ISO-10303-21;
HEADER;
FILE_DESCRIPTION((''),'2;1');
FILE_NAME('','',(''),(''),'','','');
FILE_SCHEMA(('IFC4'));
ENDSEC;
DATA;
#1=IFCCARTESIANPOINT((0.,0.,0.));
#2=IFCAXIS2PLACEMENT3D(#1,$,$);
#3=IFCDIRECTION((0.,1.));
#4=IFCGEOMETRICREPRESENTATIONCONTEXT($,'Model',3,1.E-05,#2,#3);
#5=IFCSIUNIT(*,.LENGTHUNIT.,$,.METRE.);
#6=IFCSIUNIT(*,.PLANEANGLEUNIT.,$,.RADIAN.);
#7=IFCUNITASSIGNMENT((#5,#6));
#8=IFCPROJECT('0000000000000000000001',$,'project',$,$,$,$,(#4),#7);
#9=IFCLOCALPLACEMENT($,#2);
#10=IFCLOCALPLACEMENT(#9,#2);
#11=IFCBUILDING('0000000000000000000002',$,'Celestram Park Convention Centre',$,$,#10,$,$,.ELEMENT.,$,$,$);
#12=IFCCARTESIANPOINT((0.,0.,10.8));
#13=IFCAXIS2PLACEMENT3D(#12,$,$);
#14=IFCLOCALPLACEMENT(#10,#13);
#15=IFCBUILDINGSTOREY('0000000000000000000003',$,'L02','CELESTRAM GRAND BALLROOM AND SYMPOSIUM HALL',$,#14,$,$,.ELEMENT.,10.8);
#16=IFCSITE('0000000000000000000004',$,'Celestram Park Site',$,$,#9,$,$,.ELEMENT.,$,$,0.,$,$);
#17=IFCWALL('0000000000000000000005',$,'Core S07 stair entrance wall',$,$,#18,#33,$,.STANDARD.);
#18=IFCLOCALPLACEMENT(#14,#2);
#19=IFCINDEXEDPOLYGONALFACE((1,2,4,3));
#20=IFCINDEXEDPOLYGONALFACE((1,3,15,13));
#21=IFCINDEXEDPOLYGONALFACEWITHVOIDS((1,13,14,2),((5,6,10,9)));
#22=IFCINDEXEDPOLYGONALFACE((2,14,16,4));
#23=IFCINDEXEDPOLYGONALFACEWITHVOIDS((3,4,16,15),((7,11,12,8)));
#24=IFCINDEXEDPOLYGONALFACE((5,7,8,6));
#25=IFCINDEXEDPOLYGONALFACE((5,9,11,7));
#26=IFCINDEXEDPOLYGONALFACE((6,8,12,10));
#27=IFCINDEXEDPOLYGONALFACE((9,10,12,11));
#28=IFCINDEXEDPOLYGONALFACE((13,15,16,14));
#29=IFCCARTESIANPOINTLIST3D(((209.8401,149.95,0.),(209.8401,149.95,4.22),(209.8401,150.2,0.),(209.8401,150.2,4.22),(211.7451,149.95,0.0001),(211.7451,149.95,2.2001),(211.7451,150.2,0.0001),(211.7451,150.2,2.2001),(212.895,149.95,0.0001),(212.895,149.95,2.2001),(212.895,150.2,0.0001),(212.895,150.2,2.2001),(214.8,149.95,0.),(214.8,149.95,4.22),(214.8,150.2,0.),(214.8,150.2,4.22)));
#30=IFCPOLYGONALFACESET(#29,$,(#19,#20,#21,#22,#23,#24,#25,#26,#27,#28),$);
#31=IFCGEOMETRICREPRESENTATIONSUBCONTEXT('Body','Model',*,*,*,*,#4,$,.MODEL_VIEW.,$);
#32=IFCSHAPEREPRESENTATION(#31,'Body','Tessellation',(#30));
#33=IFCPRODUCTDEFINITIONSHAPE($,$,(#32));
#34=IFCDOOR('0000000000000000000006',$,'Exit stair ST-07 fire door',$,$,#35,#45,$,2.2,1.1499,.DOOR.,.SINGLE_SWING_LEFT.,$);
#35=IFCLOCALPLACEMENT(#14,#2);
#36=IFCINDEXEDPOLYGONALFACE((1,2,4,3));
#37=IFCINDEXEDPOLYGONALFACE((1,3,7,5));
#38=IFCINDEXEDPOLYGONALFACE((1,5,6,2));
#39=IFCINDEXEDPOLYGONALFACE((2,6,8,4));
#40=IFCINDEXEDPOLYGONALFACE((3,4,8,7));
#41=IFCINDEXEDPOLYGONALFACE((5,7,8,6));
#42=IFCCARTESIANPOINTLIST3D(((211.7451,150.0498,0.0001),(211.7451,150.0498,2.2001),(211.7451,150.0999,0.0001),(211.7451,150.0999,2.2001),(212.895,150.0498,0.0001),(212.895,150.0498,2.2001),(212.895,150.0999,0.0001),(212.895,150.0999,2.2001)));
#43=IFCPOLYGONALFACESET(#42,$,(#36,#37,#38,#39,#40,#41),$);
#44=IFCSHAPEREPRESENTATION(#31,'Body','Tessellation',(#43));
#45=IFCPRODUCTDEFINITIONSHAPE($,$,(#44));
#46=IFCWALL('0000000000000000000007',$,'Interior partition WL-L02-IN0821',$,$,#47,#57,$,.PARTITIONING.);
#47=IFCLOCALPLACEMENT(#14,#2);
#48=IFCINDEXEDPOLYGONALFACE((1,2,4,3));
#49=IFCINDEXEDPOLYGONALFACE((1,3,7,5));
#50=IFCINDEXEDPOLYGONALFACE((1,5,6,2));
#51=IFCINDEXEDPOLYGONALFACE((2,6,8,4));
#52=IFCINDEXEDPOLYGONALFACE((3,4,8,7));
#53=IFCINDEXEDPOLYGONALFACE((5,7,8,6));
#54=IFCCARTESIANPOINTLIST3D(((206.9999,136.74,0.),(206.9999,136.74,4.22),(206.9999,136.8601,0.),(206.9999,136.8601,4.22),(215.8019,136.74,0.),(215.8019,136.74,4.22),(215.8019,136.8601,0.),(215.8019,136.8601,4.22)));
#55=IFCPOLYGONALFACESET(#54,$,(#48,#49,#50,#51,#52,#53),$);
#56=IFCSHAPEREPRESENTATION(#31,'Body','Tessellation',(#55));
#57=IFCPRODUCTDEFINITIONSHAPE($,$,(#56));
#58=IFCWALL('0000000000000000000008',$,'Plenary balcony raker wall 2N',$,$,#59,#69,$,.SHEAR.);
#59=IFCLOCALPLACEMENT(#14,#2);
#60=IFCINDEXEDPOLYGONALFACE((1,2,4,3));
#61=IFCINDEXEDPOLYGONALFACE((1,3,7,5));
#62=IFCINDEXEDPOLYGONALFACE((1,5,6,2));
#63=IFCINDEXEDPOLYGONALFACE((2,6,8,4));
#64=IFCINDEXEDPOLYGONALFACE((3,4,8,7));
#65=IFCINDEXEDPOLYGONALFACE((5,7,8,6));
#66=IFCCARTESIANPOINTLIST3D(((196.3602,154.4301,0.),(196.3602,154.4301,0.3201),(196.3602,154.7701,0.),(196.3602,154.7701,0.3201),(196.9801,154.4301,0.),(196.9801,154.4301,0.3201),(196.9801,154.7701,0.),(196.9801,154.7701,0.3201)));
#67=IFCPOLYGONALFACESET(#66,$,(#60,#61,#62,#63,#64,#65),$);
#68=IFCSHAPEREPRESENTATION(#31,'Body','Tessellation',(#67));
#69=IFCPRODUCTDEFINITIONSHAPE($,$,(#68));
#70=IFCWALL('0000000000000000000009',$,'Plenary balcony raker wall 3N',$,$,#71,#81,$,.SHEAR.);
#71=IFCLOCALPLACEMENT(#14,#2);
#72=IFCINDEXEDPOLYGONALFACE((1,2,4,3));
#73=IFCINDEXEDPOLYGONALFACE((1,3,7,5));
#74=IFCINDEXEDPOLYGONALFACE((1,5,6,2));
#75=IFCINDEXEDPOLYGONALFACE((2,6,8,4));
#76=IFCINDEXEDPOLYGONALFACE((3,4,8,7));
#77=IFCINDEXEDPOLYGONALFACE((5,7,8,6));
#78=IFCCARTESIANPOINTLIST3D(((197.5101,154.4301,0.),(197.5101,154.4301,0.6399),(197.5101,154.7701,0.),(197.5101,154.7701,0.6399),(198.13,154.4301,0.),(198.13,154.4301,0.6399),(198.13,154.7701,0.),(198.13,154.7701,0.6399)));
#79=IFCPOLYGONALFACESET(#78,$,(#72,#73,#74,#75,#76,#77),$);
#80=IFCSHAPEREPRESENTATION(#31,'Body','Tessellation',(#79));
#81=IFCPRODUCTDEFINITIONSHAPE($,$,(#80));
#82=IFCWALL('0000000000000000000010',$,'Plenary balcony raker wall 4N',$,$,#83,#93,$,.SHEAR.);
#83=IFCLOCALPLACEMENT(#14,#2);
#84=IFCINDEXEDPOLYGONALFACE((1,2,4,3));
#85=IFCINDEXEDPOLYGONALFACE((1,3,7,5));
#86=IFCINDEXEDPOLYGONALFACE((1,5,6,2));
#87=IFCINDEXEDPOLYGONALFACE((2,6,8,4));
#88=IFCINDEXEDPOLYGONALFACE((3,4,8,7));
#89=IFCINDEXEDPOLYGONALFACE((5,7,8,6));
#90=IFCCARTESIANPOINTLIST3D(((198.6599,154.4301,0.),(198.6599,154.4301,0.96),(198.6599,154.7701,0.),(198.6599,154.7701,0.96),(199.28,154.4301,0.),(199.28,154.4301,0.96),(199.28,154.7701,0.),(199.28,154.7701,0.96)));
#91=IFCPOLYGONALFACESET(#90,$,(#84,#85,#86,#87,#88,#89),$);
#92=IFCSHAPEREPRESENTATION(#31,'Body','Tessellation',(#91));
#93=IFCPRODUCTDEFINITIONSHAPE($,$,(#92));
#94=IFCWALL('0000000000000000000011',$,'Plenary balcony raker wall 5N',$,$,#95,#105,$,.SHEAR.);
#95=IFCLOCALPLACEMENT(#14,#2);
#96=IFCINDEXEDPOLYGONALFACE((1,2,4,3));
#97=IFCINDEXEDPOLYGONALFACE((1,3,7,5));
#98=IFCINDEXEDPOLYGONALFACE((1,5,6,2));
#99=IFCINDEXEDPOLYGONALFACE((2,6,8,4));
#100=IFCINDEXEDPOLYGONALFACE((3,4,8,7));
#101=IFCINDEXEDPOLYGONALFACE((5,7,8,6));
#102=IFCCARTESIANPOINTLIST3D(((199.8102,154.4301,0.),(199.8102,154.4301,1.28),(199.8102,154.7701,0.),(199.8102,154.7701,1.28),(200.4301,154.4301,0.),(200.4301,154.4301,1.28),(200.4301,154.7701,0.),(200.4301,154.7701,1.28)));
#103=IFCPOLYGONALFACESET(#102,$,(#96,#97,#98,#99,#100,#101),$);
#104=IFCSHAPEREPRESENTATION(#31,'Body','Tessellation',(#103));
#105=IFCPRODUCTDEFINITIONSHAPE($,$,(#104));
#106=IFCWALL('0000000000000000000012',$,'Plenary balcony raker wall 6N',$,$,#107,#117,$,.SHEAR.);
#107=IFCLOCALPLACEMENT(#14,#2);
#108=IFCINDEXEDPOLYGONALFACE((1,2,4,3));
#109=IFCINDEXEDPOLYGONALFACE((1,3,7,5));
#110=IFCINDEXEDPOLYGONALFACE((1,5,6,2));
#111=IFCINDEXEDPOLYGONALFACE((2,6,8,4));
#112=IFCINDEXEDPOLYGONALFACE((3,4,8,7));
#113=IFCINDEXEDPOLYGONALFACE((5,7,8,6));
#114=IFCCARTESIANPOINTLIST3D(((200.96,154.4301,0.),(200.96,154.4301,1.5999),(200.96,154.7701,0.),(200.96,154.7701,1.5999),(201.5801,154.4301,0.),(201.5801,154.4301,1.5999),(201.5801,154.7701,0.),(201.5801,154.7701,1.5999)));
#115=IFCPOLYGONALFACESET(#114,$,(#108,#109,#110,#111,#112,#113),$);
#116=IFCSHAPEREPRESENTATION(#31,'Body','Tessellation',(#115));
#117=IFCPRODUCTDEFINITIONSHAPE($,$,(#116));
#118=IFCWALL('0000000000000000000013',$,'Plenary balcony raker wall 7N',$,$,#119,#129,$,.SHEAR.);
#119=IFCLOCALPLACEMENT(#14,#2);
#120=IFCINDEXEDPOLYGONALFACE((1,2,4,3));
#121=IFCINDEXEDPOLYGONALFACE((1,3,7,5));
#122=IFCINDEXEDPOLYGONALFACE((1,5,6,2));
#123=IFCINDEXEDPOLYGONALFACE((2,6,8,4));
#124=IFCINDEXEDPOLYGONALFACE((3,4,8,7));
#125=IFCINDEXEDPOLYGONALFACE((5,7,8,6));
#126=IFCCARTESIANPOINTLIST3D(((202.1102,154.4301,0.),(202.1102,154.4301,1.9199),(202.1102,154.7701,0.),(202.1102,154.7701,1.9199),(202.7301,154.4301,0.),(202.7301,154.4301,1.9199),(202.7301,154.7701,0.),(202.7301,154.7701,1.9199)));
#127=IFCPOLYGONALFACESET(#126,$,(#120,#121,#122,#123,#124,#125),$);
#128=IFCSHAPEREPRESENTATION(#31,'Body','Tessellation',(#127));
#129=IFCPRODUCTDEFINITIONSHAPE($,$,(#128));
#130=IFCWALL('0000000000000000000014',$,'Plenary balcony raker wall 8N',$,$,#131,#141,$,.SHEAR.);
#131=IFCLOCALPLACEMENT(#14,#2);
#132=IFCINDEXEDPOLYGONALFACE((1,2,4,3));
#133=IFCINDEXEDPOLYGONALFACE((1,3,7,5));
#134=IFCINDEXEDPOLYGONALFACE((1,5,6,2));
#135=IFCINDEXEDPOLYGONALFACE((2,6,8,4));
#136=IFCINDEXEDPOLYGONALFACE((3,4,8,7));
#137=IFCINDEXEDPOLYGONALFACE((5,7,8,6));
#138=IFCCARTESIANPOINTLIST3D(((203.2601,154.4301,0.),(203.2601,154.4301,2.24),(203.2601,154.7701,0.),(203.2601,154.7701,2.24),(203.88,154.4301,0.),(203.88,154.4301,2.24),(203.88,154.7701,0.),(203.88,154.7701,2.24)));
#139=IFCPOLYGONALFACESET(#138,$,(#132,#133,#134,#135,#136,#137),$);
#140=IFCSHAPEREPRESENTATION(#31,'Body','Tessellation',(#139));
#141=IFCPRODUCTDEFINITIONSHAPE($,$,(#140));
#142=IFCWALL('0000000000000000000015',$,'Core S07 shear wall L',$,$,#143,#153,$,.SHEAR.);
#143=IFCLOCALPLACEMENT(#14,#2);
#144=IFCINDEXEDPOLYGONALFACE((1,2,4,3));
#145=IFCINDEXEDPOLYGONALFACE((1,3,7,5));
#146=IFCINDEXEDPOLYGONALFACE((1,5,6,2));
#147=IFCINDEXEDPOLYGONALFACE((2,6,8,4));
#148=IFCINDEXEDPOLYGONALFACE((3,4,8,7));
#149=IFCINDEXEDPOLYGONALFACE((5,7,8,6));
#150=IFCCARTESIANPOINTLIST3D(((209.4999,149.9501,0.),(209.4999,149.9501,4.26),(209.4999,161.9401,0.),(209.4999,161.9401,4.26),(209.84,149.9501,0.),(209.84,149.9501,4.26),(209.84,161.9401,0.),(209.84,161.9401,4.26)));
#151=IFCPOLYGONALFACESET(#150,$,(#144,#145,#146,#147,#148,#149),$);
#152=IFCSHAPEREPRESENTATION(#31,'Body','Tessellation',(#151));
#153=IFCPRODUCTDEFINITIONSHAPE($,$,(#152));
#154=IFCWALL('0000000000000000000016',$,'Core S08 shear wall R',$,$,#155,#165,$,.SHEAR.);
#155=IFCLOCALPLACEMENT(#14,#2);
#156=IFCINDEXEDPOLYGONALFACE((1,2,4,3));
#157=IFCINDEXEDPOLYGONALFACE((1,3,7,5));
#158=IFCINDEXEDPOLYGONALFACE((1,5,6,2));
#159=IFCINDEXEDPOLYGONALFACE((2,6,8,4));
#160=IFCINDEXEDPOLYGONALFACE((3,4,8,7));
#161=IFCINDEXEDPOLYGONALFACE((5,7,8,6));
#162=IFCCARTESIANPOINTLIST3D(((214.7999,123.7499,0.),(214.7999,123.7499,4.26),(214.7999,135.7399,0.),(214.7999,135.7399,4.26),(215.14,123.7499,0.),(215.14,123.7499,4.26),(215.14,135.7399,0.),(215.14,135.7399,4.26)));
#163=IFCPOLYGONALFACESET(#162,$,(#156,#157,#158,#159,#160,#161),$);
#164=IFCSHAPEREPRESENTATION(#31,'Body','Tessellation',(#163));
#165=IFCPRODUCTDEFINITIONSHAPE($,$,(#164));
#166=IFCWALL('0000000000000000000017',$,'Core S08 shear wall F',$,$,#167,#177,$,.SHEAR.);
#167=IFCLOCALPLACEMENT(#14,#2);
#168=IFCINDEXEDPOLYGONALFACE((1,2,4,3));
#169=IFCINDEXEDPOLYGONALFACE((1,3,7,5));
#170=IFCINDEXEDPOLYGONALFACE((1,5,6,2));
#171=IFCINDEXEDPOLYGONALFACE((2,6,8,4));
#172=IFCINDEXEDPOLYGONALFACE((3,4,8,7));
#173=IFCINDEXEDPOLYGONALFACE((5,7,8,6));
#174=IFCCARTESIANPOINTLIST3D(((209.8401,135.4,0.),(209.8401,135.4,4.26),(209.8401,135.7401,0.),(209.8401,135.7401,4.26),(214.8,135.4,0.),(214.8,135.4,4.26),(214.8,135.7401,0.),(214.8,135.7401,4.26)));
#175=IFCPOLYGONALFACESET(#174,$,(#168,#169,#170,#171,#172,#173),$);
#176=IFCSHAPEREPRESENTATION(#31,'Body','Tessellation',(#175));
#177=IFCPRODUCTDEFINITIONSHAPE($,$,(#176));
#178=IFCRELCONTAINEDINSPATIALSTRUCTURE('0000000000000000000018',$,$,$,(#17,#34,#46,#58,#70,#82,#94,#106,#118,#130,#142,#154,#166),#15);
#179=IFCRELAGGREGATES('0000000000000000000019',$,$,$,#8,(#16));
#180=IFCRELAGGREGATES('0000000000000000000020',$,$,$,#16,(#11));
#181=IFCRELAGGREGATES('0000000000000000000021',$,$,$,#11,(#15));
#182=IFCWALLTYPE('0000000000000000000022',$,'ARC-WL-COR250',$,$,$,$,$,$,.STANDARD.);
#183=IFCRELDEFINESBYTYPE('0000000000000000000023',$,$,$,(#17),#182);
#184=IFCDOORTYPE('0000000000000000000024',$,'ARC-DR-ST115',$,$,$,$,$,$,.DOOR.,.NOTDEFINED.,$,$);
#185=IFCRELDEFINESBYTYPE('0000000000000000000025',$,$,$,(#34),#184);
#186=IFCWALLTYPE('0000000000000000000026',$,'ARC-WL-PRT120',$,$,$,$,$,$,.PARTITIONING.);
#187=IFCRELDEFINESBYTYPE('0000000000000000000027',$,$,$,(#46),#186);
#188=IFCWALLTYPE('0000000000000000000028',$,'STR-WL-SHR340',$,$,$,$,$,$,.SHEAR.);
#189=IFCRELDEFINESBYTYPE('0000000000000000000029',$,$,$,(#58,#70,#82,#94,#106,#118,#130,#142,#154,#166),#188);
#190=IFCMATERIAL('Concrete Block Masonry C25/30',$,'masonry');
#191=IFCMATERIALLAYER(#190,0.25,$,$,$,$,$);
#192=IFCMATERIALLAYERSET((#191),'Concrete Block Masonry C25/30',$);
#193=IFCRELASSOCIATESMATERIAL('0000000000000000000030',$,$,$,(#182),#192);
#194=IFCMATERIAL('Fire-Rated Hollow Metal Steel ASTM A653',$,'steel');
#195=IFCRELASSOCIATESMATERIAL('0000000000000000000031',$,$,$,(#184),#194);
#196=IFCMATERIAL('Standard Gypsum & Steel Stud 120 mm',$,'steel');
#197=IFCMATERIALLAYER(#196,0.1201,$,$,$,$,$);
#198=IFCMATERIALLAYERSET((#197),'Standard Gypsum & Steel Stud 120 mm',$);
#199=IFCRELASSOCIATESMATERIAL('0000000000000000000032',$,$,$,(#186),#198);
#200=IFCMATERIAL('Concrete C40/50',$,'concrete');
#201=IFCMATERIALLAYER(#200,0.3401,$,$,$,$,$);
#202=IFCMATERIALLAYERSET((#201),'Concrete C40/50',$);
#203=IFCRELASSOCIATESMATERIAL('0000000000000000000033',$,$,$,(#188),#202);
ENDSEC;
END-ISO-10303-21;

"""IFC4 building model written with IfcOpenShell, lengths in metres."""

from ifc_helpers import new_model, si_unit, direction, frame, frame_2d, origin, place, context, subcontext, project, spatial, rectangle, extrude, material, layer, layer_set, type_object, element, fill, save


model = new_model("IFC4")

# Units and contexts
model_context = context("Model", 3, precision=1e-05, world=origin(), true_north=direction((0.0, 1.0)))
body_context = subcontext(model_context, "Body", "Model", "MODEL_VIEW")
ifc_project = project(units=[si_unit("LENGTHUNIT", "METRE"), si_unit("PLANEANGLEUNIT", "RADIAN")], contexts=[model_context])

# Site, building, storey
site_placement = place(None, origin())
site = spatial("IfcSite", under=ifc_project, at=site_placement, Name="Celestram Park Site", CompositionType="ELEMENT", RefElevation=0.0)
building_placement = place(site_placement, origin())
building = spatial("IfcBuilding", under=site, at=building_placement, Name="Celestram Park Convention Centre", CompositionType="ELEMENT")
storey_placement = place(building_placement, frame((0.0, 0.0, 10.8)))
storey = spatial("IfcBuildingStorey", under=building, at=storey_placement, Name="L02", Description="CELESTRAM GRAND BALLROOM AND SYMPOSIUM HALL", CompositionType="ELEMENT", Elevation=10.8)

# Wall, opening, door
ifc_material_1 = material(Name="Concrete Block Masonry C25/30", Category="masonry")
ifc_layer_1 = layer(ifc_material_1, 0.25)
ifc_layer_set_1 = layer_set([ifc_layer_1], Name="Concrete Block Masonry C25/30")
wall_type_1 = type_object("IfcWallType", Name="ARC-WL-COR250", PredefinedType="STANDARD", material=ifc_layer_set_1)
wall_1_placement = place(storey_placement, frame((209.8401, 150.075, 0.0), z_axis=(0.0, 0.0, 1.0), x_axis=(1.0, 0.0, 0.0)))
wall_1 = element("IfcWall", 1, at=wall_1_placement, inside=storey, type_object=wall_type_1, Name="Core S07 stair entrance wall", PredefinedType="STANDARD", context=body_context, shape_type="SweptSolid", body=[
    extrude(rectangle(XDim=4.96, YDim=0.25, at=frame_2d((2.48, 0.0))), origin(), (0.0, 0.0, 1.0), 4.22),
])
opening_1_placement = place(wall_1_placement, frame((1.905, 0.0, 0.0)))
opening_1 = element("IfcOpeningElement", 2, at=opening_1_placement, cuts=wall_1, PredefinedType="OPENING", context=body_context, shape_type="SweptSolid", body=[
    extrude(rectangle(XDim=1.1499, YDim=2.2, at=frame_2d((0.575, 1.1001))), frame((0.0, 0.135, 0.0), z_axis=(0.0, -1.0, 0.0), x_axis=(1.0, 0.0, 0.0)), (0.0, 0.0, 1.0), 0.27),
])
ifc_material_2 = material(Name="Fire-Rated Hollow Metal Steel ASTM A653", Category="steel")
door_type_1 = type_object("IfcDoorType", Name="ARC-DR-ST115", OperationType="NOTDEFINED", PredefinedType="DOOR", material=ifc_material_2)
door_1_placement = place(opening_1_placement, origin())
door_1 = element("IfcDoor", 3, at=door_1_placement, inside=storey, type_object=door_type_1, Name="Exit stair ST-07 fire door", OperationType="SINGLE_SWING_LEFT", OverallHeight=2.2, OverallWidth=1.1499, PredefinedType="DOOR", context=body_context, shape_type="SweptSolid", body=[
    extrude(rectangle(XDim=1.1499, YDim=2.2, at=frame_2d((0.575, 1.1001))), frame((0.0, 0.0249, 0.0), z_axis=(0.0, -1.0, 0.0), x_axis=(1.0, 0.0, 0.0)), (0.0, 0.0, 1.0), 0.05),
])
fill(opening_1, door_1)

# Walls
ifc_material_3 = material(Name="Standard Gypsum & Steel Stud 120 mm", Category="steel")
ifc_layer_2 = layer(ifc_material_3, 0.1201)
ifc_layer_set_2 = layer_set([ifc_layer_2], Name="Standard Gypsum & Steel Stud 120 mm")
wall_type_2 = type_object("IfcWallType", Name="ARC-WL-PRT120", PredefinedType="PARTITIONING", material=ifc_layer_set_2)
wall_2_placement = place(storey_placement, frame((207.0, 136.8, 0.0), z_axis=(0.0, 0.0, 1.0), x_axis=(1.0, 0.0, 0.0)))
element("IfcWall", 4, at=wall_2_placement, inside=storey, type_object=wall_type_2, Name="Interior partition WL-L02-IN0821", PredefinedType="PARTITIONING", context=body_context, shape_type="SweptSolid", body=[
    extrude(rectangle(XDim=8.802, YDim=0.1201, at=frame_2d((4.4009, 0.0))), origin(), (0.0, 0.0, 1.0), 4.22),
])
ifc_material_4 = material(Name="Concrete C40/50", Category="concrete")
ifc_layer_3 = layer(ifc_material_4, 0.3401)
ifc_layer_set_3 = layer_set([ifc_layer_3], Name="Concrete C40/50")
wall_type_3 = type_object("IfcWallType", Name="STR-WL-SHR340", PredefinedType="SHEAR", material=ifc_layer_set_3)
wall_3_placement = place(storey_placement, frame((196.3601, 154.6001, 0.0), z_axis=(0.0, 0.0, 1.0), x_axis=(1.0, 0.0, 0.0)))
element("IfcWall", 5, at=wall_3_placement, inside=storey, type_object=wall_type_3, Name="Plenary balcony raker wall 2N", PredefinedType="SHEAR", context=body_context, shape_type="SweptSolid", body=[
    extrude(rectangle(XDim=0.6199, YDim=0.3401, at=frame_2d((0.3101, 0.0))), origin(), (0.0, 0.0, 1.0), 0.3201),
])
wall_4_placement = place(storey_placement, frame((197.51, 154.6001, 0.0), z_axis=(0.0, 0.0, 1.0), x_axis=(1.0, 0.0, 0.0)))
element("IfcWall", 6, at=wall_4_placement, inside=storey, type_object=wall_type_3, Name="Plenary balcony raker wall 3N", PredefinedType="SHEAR", context=body_context, shape_type="SweptSolid", body=[
    extrude(rectangle(XDim=0.6199, YDim=0.3401, at=frame_2d((0.3101, 0.0))), origin(), (0.0, 0.0, 1.0), 0.6399),
])
wall_5_placement = place(storey_placement, frame((198.6599, 154.6001, 0.0), z_axis=(0.0, 0.0, 1.0), x_axis=(1.0, 0.0, 0.0)))
element("IfcWall", 7, at=wall_5_placement, inside=storey, type_object=wall_type_3, Name="Plenary balcony raker wall 4N", PredefinedType="SHEAR", context=body_context, shape_type="SweptSolid", body=[
    extrude(rectangle(XDim=0.6201, YDim=0.3401, at=frame_2d((0.3101, 0.0))), origin(), (0.0, 0.0, 1.0), 0.96),
])
wall_6_placement = place(storey_placement, frame((199.8101, 154.6001, 0.0), z_axis=(0.0, 0.0, 1.0), x_axis=(1.0, 0.0, 0.0)))
element("IfcWall", 8, at=wall_6_placement, inside=storey, type_object=wall_type_3, Name="Plenary balcony raker wall 5N", PredefinedType="SHEAR", context=body_context, shape_type="SweptSolid", body=[
    extrude(rectangle(XDim=0.6199, YDim=0.3401, at=frame_2d((0.3101, 0.0))), origin(), (0.0, 0.0, 1.0), 1.28),
])
wall_7_placement = place(storey_placement, frame((200.96, 154.6001, 0.0), z_axis=(0.0, 0.0, 1.0), x_axis=(1.0, 0.0, 0.0)))
element("IfcWall", 9, at=wall_7_placement, inside=storey, type_object=wall_type_3, Name="Plenary balcony raker wall 6N", PredefinedType="SHEAR", context=body_context, shape_type="SweptSolid", body=[
    extrude(rectangle(XDim=0.6201, YDim=0.3401, at=frame_2d((0.3101, 0.0))), origin(), (0.0, 0.0, 1.0), 1.5999),
])
wall_8_placement = place(storey_placement, frame((202.1101, 154.6001, 0.0), z_axis=(0.0, 0.0, 1.0), x_axis=(1.0, 0.0, 0.0)))
element("IfcWall", 10, at=wall_8_placement, inside=storey, type_object=wall_type_3, Name="Plenary balcony raker wall 7N", PredefinedType="SHEAR", context=body_context, shape_type="SweptSolid", body=[
    extrude(rectangle(XDim=0.6199, YDim=0.3401, at=frame_2d((0.3101, 0.0))), origin(), (0.0, 0.0, 1.0), 1.9199),
])
wall_9_placement = place(storey_placement, frame((203.26, 154.6001, 0.0), z_axis=(0.0, 0.0, 1.0), x_axis=(1.0, 0.0, 0.0)))
element("IfcWall", 11, at=wall_9_placement, inside=storey, type_object=wall_type_3, Name="Plenary balcony raker wall 8N", PredefinedType="SHEAR", context=body_context, shape_type="SweptSolid", body=[
    extrude(rectangle(XDim=0.6199, YDim=0.3401, at=frame_2d((0.3101, 0.0))), origin(), (0.0, 0.0, 1.0), 2.24),
])
for number, where, z_axis, x_axis, name in (
    (12, (209.6699, 149.95, 0.0), (0.0, 0.0, 1.0), (0.0, 1.0, 0.0), "Core S07 shear wall L"),
    (13, (214.97, 135.74, 0.0), (0.0, 0.0, 1.0), (0.0, -1.0, 0.0), "Core S08 shear wall R"),
):
    element("IfcWall", number, at=place(storey_placement, frame(where, z_axis=z_axis, x_axis=x_axis)), inside=storey, type_object=wall_type_3, Name=name, PredefinedType="SHEAR", context=body_context, shape_type="SweptSolid", body=[
        extrude(rectangle(XDim=11.99, YDim=0.3401, at=frame_2d((5.9951, 0.0))), origin(), (0.0, 0.0, 1.0), 4.26),
    ])
wall_10_placement = place(storey_placement, frame((209.8401, 135.5701, 0.0), z_axis=(0.0, 0.0, 1.0), x_axis=(1.0, 0.0, 0.0)))
element("IfcWall", 14, at=wall_10_placement, inside=storey, type_object=wall_type_3, Name="Core S08 shear wall F", PredefinedType="SHEAR", context=body_context, shape_type="SweptSolid", body=[
    extrude(rectangle(XDim=4.96, YDim=0.3401, at=frame_2d((2.48, 0.0))), origin(), (0.0, 0.0, 1.0), 4.26),
])

save(model, "model.ifc")
